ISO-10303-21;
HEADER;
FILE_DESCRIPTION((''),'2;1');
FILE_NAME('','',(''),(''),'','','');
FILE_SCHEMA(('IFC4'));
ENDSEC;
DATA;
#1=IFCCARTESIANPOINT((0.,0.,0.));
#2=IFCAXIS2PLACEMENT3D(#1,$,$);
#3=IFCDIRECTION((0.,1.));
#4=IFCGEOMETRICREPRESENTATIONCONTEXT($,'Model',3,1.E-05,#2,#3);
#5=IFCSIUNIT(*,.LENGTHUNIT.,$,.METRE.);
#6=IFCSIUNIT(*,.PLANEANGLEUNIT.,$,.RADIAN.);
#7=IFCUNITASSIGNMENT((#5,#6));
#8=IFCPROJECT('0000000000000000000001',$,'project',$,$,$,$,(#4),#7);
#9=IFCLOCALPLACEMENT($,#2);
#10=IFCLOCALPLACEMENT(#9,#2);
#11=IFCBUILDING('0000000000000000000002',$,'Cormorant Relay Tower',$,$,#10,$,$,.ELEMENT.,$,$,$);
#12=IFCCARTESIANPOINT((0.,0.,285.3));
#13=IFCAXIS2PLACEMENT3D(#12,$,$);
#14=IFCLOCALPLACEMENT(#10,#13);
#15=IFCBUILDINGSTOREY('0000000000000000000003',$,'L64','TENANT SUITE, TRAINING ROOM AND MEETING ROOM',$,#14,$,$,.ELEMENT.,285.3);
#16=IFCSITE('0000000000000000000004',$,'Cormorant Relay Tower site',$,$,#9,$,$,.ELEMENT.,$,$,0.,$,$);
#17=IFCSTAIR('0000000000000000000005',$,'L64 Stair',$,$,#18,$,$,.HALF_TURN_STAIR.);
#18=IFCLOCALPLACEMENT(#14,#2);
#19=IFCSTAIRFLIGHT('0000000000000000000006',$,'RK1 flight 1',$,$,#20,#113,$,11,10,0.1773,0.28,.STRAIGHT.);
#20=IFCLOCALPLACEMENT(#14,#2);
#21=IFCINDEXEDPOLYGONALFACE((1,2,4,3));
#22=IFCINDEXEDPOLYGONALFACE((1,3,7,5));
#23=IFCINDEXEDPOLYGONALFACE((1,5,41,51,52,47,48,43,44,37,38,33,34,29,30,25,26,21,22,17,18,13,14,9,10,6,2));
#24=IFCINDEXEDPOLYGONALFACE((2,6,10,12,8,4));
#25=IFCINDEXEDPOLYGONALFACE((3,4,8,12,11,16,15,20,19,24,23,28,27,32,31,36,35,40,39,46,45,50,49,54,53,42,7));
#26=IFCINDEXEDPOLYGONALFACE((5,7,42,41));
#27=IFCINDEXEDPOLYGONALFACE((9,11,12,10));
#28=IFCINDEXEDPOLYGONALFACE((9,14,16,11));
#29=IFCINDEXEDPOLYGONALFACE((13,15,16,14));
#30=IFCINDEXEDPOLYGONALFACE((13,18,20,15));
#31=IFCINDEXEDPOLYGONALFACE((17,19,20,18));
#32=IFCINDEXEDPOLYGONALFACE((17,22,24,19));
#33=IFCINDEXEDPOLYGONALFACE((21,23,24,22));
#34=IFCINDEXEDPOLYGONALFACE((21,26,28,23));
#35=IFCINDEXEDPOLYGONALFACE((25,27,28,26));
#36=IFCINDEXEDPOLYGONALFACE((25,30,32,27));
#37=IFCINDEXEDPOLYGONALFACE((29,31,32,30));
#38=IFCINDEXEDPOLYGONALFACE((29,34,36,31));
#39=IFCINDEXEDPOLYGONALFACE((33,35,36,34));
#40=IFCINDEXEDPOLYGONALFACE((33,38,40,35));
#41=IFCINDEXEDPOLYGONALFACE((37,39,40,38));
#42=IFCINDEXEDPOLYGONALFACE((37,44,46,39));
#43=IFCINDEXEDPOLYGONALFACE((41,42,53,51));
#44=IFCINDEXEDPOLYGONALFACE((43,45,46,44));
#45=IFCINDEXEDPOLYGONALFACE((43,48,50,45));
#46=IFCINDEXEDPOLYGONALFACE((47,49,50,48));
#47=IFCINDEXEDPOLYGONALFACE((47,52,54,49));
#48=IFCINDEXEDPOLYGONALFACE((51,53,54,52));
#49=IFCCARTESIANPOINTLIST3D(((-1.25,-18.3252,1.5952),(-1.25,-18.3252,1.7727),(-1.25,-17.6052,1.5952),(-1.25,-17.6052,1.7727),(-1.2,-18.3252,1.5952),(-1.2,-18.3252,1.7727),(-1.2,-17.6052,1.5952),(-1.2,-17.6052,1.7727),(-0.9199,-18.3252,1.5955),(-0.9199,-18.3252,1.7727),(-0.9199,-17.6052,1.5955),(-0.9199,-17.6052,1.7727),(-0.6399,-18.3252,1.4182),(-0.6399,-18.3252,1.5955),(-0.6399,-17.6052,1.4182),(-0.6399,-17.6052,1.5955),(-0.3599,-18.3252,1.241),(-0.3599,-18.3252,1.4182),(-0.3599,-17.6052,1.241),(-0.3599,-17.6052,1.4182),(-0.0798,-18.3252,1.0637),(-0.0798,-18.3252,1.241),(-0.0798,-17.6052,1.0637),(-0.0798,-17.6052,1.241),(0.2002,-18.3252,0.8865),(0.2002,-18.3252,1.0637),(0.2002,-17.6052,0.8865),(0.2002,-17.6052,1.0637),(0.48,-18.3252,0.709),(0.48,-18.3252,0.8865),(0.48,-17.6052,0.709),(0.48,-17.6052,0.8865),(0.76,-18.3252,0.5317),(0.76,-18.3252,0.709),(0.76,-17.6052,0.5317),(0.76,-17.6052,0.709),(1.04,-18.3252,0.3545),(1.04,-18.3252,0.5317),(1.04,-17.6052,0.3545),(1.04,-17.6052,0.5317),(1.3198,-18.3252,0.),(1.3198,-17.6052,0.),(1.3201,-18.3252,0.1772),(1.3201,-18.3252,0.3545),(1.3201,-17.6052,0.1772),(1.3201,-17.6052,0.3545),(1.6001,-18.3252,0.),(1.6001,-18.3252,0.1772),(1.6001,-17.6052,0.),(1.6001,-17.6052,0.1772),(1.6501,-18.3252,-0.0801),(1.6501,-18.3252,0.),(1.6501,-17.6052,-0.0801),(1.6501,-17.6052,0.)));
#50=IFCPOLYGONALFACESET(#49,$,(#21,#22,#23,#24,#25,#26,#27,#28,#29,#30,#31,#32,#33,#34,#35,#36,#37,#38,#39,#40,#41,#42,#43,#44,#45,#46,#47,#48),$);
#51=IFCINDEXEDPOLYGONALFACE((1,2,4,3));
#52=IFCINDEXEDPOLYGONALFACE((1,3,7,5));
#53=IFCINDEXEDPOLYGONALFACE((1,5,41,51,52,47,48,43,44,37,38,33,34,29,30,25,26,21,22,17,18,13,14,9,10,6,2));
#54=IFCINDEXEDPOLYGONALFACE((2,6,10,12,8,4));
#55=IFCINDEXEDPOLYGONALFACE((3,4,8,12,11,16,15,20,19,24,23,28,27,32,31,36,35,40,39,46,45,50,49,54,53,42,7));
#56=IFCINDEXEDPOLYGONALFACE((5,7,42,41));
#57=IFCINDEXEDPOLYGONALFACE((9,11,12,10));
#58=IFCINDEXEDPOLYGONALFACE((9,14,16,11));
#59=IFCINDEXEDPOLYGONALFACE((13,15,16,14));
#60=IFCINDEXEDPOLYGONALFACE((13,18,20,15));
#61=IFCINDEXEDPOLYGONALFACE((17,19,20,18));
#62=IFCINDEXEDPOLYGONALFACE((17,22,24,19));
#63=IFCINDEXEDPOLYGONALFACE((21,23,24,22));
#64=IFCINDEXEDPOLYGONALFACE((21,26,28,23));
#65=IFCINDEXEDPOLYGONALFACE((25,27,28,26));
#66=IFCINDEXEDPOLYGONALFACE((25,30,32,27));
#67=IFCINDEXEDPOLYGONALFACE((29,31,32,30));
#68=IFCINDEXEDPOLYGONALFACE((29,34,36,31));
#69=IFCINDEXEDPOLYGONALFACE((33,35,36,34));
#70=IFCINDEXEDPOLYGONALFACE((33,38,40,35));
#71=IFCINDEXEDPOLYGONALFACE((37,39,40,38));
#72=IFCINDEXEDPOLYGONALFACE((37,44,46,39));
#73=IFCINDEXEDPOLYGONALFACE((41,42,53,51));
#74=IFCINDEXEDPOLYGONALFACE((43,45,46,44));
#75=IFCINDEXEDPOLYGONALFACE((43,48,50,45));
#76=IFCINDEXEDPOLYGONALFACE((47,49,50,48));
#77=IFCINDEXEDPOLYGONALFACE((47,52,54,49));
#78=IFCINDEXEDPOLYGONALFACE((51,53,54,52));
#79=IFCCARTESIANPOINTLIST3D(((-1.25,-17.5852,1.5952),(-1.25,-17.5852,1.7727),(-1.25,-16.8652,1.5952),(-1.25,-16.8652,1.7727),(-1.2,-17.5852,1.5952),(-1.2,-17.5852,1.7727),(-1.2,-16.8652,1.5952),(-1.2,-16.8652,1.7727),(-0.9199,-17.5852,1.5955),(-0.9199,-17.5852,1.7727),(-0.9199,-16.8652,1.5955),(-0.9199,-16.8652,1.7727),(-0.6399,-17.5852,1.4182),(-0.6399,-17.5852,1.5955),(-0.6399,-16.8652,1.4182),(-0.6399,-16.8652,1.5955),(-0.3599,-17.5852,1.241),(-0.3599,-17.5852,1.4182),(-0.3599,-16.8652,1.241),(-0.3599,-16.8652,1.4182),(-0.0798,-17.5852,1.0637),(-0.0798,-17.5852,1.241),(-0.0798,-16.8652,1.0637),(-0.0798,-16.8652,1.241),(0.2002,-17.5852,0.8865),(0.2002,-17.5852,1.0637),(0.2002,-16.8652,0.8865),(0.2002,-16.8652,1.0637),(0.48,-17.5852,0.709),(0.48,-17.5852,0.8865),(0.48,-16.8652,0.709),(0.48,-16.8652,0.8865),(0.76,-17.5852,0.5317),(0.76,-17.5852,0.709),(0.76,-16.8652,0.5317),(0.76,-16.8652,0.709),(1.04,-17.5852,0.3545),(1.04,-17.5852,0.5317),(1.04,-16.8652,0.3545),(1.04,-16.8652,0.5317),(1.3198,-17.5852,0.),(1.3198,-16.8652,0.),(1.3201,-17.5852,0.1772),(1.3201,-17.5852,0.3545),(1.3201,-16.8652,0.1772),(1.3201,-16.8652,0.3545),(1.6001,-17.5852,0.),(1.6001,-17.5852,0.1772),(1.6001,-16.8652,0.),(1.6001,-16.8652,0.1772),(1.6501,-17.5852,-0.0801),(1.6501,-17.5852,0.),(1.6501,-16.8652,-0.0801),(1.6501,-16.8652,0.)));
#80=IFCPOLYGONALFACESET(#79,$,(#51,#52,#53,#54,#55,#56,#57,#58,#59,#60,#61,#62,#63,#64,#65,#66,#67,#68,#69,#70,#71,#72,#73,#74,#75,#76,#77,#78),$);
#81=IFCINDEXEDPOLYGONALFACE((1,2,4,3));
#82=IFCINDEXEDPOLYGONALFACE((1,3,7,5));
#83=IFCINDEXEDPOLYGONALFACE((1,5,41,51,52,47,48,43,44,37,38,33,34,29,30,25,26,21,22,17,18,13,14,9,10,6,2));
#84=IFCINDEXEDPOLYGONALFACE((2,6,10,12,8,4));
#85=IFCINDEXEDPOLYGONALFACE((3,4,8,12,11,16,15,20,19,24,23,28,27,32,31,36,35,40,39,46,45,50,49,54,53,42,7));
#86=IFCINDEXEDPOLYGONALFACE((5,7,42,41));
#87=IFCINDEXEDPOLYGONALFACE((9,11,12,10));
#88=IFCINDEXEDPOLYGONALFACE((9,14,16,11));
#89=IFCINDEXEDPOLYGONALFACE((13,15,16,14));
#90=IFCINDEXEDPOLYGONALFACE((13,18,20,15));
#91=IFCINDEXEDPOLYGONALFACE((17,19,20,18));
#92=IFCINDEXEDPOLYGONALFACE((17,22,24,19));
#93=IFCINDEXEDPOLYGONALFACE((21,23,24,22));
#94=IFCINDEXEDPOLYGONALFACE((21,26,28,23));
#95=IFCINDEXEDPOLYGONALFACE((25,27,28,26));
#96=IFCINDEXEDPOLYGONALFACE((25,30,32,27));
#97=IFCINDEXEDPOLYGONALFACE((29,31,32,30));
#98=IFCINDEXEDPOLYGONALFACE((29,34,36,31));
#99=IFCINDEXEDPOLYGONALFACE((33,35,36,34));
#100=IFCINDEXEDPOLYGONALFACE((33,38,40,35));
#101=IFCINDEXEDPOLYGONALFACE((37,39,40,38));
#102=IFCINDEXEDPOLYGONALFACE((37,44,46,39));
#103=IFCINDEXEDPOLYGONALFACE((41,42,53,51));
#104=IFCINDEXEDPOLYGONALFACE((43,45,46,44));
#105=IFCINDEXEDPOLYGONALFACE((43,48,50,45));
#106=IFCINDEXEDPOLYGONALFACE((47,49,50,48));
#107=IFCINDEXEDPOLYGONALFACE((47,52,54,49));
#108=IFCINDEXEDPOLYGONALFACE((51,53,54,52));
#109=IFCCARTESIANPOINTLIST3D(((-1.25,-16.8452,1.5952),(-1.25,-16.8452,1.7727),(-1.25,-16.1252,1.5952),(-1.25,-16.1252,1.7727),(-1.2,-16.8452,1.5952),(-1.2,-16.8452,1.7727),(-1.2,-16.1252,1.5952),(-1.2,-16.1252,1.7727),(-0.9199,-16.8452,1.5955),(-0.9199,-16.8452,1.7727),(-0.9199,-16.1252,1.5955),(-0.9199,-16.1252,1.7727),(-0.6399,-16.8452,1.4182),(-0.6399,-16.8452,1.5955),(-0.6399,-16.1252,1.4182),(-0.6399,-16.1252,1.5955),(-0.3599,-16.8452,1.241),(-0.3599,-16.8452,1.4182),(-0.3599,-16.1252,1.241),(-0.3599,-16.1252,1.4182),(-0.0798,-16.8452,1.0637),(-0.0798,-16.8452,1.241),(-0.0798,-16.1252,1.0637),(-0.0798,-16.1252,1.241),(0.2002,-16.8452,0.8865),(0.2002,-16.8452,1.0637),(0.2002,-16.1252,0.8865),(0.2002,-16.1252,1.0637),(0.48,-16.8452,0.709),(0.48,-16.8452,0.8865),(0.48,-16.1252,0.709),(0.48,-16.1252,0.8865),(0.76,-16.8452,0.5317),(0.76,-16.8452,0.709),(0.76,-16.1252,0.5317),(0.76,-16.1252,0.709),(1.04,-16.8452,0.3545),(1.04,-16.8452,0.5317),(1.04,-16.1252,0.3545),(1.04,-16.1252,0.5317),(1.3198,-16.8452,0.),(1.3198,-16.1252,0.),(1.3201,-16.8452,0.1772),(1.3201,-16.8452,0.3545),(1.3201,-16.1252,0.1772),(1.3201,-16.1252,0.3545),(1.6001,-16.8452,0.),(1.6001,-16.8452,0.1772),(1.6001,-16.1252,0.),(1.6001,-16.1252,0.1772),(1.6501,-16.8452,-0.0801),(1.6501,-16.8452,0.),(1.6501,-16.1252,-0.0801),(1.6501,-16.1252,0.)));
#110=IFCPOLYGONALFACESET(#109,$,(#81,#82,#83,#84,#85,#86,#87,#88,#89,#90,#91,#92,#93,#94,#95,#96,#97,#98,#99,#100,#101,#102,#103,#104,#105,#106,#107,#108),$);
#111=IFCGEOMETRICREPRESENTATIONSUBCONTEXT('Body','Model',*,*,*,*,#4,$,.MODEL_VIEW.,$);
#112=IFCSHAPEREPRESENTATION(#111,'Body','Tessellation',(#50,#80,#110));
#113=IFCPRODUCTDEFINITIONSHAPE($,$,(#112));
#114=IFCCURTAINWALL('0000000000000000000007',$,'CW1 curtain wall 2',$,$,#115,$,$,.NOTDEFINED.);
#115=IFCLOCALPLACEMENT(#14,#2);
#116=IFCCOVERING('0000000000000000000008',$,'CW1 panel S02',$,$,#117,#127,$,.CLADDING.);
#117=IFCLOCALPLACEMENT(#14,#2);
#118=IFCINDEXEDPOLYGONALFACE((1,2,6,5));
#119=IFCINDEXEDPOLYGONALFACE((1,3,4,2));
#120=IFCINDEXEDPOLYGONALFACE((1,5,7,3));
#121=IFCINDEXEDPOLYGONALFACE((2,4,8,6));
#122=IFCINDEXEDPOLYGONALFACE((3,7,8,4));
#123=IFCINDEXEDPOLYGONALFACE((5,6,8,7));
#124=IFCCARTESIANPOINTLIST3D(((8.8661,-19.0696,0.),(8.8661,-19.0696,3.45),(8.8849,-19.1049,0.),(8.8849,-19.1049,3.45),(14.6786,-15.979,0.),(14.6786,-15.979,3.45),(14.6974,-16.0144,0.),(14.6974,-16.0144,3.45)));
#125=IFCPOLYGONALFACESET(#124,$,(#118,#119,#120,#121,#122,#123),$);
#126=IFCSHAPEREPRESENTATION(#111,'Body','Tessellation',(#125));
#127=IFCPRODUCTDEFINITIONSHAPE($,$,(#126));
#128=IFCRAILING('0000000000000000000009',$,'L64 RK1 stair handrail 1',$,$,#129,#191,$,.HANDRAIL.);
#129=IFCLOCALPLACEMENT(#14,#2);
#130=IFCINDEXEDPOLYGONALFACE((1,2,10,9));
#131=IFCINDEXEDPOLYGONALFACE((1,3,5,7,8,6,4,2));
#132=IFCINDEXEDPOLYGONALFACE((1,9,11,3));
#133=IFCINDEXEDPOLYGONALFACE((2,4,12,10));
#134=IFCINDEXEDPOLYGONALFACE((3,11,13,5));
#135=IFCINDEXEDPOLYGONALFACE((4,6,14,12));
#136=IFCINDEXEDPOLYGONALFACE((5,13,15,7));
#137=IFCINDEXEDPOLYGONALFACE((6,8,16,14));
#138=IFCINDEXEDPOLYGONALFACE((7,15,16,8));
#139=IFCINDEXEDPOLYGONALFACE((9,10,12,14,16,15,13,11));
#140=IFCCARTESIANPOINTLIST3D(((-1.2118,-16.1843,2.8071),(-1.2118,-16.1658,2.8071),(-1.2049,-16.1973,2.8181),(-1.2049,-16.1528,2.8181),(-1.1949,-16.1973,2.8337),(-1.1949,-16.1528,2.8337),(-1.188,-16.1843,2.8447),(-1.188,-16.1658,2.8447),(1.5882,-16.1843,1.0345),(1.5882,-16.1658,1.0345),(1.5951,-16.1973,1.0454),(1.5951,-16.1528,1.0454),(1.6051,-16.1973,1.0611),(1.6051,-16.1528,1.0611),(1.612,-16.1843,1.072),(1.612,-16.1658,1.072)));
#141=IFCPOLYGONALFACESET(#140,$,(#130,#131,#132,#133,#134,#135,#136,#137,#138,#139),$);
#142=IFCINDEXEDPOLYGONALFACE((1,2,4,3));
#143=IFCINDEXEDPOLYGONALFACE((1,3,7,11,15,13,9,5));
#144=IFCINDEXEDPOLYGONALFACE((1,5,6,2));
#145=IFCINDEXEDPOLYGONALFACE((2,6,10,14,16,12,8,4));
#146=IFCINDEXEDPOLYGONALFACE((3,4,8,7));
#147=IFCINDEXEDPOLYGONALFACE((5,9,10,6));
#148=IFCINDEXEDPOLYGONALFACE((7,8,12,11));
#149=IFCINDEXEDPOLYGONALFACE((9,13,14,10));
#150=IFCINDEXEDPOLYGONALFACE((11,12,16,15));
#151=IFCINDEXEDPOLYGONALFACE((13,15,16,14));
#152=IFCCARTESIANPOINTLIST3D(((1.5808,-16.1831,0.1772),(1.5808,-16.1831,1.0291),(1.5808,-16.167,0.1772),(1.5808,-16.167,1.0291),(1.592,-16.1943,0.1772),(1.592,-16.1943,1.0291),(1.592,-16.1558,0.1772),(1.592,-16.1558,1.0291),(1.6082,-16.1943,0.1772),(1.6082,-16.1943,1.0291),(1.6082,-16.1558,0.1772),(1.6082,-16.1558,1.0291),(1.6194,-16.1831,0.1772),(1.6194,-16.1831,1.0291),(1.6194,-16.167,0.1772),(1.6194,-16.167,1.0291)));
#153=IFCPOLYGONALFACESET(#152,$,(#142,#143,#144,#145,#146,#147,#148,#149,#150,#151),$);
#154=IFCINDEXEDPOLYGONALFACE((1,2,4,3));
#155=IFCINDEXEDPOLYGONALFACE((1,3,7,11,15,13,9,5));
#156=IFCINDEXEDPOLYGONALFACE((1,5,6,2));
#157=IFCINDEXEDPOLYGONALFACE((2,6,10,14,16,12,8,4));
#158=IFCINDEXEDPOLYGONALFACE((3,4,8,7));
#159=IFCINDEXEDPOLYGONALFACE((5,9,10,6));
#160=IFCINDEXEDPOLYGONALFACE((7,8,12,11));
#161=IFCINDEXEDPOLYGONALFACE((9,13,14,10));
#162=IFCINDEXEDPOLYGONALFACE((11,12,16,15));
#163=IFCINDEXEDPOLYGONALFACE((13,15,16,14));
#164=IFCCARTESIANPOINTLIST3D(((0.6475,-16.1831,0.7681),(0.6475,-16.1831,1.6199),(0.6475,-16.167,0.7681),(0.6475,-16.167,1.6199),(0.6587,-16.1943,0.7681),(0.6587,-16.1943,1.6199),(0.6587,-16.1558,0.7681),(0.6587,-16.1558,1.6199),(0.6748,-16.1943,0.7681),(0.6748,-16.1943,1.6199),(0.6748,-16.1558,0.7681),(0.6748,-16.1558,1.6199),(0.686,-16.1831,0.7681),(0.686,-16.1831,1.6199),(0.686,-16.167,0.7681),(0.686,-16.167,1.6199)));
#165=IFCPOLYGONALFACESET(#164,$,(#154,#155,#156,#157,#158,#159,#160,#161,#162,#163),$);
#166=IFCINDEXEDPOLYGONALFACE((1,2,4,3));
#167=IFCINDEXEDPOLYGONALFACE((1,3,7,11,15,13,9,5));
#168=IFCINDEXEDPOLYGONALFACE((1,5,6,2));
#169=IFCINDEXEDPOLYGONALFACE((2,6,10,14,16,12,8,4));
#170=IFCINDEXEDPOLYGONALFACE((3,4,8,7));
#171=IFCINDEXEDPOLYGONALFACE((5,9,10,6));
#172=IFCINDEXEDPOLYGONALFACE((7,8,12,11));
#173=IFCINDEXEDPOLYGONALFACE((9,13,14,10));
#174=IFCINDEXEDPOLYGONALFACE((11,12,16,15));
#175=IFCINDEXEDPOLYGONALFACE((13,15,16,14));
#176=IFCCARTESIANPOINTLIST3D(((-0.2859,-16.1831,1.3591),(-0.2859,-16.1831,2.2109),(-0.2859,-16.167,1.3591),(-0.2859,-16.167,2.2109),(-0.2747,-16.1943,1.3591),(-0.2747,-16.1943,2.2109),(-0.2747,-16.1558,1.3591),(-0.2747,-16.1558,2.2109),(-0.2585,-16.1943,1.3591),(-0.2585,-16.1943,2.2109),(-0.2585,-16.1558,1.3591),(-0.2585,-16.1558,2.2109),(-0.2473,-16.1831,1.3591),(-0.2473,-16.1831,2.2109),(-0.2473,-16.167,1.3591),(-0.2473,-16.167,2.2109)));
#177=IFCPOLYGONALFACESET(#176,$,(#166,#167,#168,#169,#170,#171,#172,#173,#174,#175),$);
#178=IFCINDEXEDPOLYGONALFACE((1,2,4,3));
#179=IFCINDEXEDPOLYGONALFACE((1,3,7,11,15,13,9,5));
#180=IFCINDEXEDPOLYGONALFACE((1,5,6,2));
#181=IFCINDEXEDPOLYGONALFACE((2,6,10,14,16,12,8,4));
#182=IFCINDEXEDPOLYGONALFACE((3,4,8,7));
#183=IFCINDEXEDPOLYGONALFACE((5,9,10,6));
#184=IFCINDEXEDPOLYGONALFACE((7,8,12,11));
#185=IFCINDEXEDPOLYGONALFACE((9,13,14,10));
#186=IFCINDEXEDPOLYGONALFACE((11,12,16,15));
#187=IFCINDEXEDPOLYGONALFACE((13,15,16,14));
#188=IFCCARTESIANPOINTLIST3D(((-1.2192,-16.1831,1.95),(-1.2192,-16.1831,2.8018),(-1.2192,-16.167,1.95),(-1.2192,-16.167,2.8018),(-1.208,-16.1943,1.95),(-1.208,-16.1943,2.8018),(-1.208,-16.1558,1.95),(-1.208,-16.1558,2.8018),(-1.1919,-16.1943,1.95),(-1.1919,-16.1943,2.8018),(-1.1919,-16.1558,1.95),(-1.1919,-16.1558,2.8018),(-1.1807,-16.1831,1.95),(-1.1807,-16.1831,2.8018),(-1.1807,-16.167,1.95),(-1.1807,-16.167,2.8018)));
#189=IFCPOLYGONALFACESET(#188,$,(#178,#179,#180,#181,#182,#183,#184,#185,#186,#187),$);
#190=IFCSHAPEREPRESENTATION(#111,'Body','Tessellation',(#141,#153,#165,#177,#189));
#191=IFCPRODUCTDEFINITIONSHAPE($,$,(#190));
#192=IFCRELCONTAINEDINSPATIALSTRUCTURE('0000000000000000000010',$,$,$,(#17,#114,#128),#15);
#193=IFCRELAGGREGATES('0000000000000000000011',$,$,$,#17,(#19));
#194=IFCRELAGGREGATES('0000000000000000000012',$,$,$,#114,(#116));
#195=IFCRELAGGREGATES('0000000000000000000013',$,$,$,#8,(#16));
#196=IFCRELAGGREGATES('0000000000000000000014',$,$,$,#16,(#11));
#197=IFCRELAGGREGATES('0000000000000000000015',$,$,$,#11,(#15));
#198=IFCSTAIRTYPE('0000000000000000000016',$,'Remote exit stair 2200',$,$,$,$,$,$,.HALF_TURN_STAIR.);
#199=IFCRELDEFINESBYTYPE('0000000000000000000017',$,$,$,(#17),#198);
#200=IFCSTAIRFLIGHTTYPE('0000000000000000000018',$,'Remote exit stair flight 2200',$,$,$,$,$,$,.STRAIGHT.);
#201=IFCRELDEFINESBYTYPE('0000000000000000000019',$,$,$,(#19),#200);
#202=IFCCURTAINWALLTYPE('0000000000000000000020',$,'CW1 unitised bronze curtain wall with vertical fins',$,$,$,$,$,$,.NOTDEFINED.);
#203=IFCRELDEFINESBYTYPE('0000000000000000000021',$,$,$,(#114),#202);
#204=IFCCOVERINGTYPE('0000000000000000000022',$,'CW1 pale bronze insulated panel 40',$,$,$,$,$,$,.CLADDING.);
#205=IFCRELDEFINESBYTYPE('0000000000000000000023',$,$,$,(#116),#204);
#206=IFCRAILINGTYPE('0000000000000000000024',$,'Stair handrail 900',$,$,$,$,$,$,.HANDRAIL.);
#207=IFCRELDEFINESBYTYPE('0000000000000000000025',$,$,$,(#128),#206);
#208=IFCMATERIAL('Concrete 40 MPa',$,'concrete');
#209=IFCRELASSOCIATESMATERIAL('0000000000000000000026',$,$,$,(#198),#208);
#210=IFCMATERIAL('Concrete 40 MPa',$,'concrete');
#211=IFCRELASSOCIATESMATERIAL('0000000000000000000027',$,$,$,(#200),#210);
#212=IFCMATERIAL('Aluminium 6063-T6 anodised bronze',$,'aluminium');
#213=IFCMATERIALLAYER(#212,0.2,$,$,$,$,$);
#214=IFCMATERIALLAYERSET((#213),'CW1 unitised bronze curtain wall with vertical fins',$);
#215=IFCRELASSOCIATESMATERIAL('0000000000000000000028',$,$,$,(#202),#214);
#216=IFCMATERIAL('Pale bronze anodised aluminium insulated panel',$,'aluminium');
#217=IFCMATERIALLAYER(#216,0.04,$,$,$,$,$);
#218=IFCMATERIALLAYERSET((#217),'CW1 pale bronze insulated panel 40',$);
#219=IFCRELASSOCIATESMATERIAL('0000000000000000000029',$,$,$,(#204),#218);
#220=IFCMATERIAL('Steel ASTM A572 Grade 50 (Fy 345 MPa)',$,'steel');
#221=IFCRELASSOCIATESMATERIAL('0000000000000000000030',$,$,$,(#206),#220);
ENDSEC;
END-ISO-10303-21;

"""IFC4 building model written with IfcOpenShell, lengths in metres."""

from ifc_helpers import new_model, si_unit, direction, frame, origin, origin_2d, place, context, subcontext, project, spatial, polyline, rectangle, outline, extrude, material, layer, layer_set, type_object, element, aggregate, save


model = new_model("IFC4")

# Units and contexts
model_context = context("Model", 3, precision=1e-05, world=origin(), true_north=direction((0.0, 1.0)))
body_context = subcontext(model_context, "Body", "Model", "MODEL_VIEW")
ifc_project = project(units=[si_unit("LENGTHUNIT", "METRE"), si_unit("PLANEANGLEUNIT", "RADIAN")], contexts=[model_context])

# Site, building, storey
site_placement = place(None, origin())
site = spatial("IfcSite", under=ifc_project, at=site_placement, Name="Cormorant Relay Tower site", CompositionType="ELEMENT", RefElevation=0.0)
building_placement = place(site_placement, origin())
building = spatial("IfcBuilding", under=site, at=building_placement, Name="Cormorant Relay Tower", CompositionType="ELEMENT")
storey_placement = place(building_placement, frame((0.0, 0.0, 285.3)))
storey = spatial("IfcBuildingStorey", under=building, at=storey_placement, Name="L64", Description="TENANT SUITE, TRAINING ROOM AND MEETING ROOM", CompositionType="ELEMENT", Elevation=285.3)

# Stair
ifc_material_1 = material(Name="Concrete 40 MPa", Category="concrete")
stair_type_1 = type_object("IfcStairType", Name="Remote exit stair 2200", PredefinedType="HALF_TURN_STAIR", material=ifc_material_1)
stair_1_placement = place(storey_placement, origin())
stair_1 = element("IfcStair", 1, at=stair_1_placement, inside=storey, type_object=stair_type_1, Name="L64 Stair", PredefinedType="HALF_TURN_STAIR")

# Stair flight
ifc_material_2 = material(Name="Concrete 40 MPa", Category="concrete")
stair_flight_type = type_object("IfcStairFlightType", Name="Remote exit stair flight 2200", PredefinedType="STRAIGHT", material=ifc_material_2)
stair_flight_placement = place(storey_placement, frame((1.6001, -17.2251, 0.0), z_axis=(0.0, 0.0, 1.0), x_axis=(-1.0, 0.0, 0.0)))
stair_flight = element("IfcStairFlight", 2, at=stair_flight_placement, type_object=stair_flight_type, Name="RK1 flight 1", NumberOfRisers=11, NumberOfTreads=10, PredefinedType="STRAIGHT", RiserHeight=0.1773, TreadLength=0.28, context=body_context, shape_type="SweptSolid", body=[
    extrude(outline(polyline([(-0.05, -0.0801), (-0.05, 0.0), (0.0, 0.0), (0.0, 0.1772), (0.28, 0.1772), (0.28, 0.3545), (0.5601, 0.3545), (0.5601, 0.5317), (0.8401, 0.5317), (0.8401, 0.709), (1.1201, 0.709), (1.1201, 0.8865), (1.3999, 0.8865), (1.3999, 1.0637), (1.6799, 1.0637), (1.6799, 1.241), (1.96, 1.241), (1.96, 1.4182), (2.24, 1.4182), (2.24, 1.5955), (2.52, 1.5955), (2.52, 1.7727), (2.8, 1.7727), (2.8501, 1.7727), (2.8501, 1.5952), (2.8, 1.5952), (0.2803, 0.0), (-0.05, -0.0801)])), frame((0.0, 1.1001, 0.0), z_axis=(0.0, -1.0, 0.0), x_axis=(1.0, 0.0, 0.0)), (0.0, 0.0, 1.0), 0.72),
    extrude(outline(polyline([(-0.05, -0.0801), (-0.05, 0.0), (0.0, 0.0), (0.0, 0.1772), (0.28, 0.1772), (0.28, 0.3545), (0.5601, 0.3545), (0.5601, 0.5317), (0.8401, 0.5317), (0.8401, 0.709), (1.1201, 0.709), (1.1201, 0.8865), (1.3999, 0.8865), (1.3999, 1.0637), (1.6799, 1.0637), (1.6799, 1.241), (1.96, 1.241), (1.96, 1.4182), (2.24, 1.4182), (2.24, 1.5955), (2.52, 1.5955), (2.52, 1.7727), (2.8, 1.7727), (2.8501, 1.7727), (2.8501, 1.5952), (2.8, 1.5952), (0.2803, 0.0), (-0.05, -0.0801)])), frame((0.0, 0.3601, 0.0), z_axis=(0.0, -1.0, 0.0), x_axis=(1.0, 0.0, 0.0)), (0.0, 0.0, 1.0), 0.72),
    extrude(outline(polyline([(-0.05, -0.0801), (-0.05, 0.0), (0.0, 0.0), (0.0, 0.1772), (0.28, 0.1772), (0.28, 0.3545), (0.5601, 0.3545), (0.5601, 0.5317), (0.8401, 0.5317), (0.8401, 0.709), (1.1201, 0.709), (1.1201, 0.8865), (1.3999, 0.8865), (1.3999, 1.0637), (1.6799, 1.0637), (1.6799, 1.241), (1.96, 1.241), (1.96, 1.4182), (2.24, 1.4182), (2.24, 1.5955), (2.52, 1.5955), (2.52, 1.7727), (2.8, 1.7727), (2.8501, 1.7727), (2.8501, 1.5952), (2.8, 1.5952), (0.2803, 0.0), (-0.05, -0.0801)])), frame((0.0, -0.3799, 0.0), z_axis=(0.0, -1.0, 0.0), x_axis=(1.0, 0.0, 0.0)), (0.0, 0.0, 1.0), 0.72),
])
aggregate(stair_1, [stair_flight])

# Curtain wall, covering
ifc_material_3 = material(Name="Aluminium 6063-T6 anodised bronze", Category="aluminium")
ifc_layer_1 = layer(ifc_material_3, 0.2)
ifc_layer_set_1 = layer_set([ifc_layer_1], Name="CW1 unitised bronze curtain wall with vertical fins")
curtain_wall_type = type_object("IfcCurtainWallType", Name="CW1 unitised bronze curtain wall with vertical fins", PredefinedType="NOTDEFINED", material=ifc_layer_set_1)
curtain_wall_placement = place(storey_placement, origin())
curtain_wall = element("IfcCurtainWall", 3, at=curtain_wall_placement, inside=storey, type_object=curtain_wall_type, Name="CW1 curtain wall 2", PredefinedType="NOTDEFINED")
ifc_material_4 = material(Name="Pale bronze anodised aluminium insulated panel", Category="aluminium")
ifc_layer_2 = layer(ifc_material_4, 0.04)
ifc_layer_set_2 = layer_set([ifc_layer_2], Name="CW1 pale bronze insulated panel 40")
covering_type = type_object("IfcCoveringType", Name="CW1 pale bronze insulated panel 40", PredefinedType="CLADDING", material=ifc_layer_set_2)
covering_placement = place(storey_placement, frame((11.7817, -17.542, 0.0), z_axis=(0.0, 0.0, 1.0), x_axis=(0.882948, 0.469472, 0.0)))
covering = element("IfcCovering", 4, at=covering_placement, type_object=covering_type, Name="CW1 panel S02", PredefinedType="CLADDING", context=body_context, shape_type="SweptSolid", body=[
    extrude(rectangle(XDim=6.583, YDim=0.04, at=origin_2d()), origin(), (0.0, 0.0, 1.0), 3.45),
])
aggregate(curtain_wall, [covering])

# Railing
ifc_material_5 = material(Name="Steel ASTM A572 Grade 50 (Fy 345 MPa)", Category="steel")
railing_type_1 = type_object("IfcRailingType", Name="Stair handrail 900", PredefinedType="HANDRAIL", material=ifc_material_5)
railing_1_placement = place(storey_placement, frame((1.6001, -16.175, 0.1772)))
element("IfcRailing", 5, at=railing_1_placement, inside=storey, type_object=railing_type_1, Name="L64 RK1 stair handrail 1", PredefinedType="HANDRAIL", context=body_context, shape_type="SweptSolid", body=[
    extrude(outline(polyline([(0.0222, 0.0093), (0.0093, 0.0222), (-0.0093, 0.0222), (-0.0222, 0.0093), (-0.0222, -0.0093), (-0.0093, -0.0222), (0.0093, -0.0222), (0.0222, -0.0093), (0.0222, 0.0093)])), frame((0.0, 0.0, 0.876), z_axis=(-0.844909, 0.0, 0.53491), x_axis=(0.0, -1.0, 0.0)), (0.0, 0.0, 1.0), 3.314),
    extrude(outline(polyline([(0.0193, 0.0081), (0.0081, 0.0193), (-0.0081, 0.0193), (-0.0193, 0.0081), (-0.0193, -0.0081), (-0.0081, -0.0193), (0.0081, -0.0193), (0.0193, -0.0081), (0.0193, 0.0081)])), origin(), (0.0, 0.0, 1.0), 0.8518),
    extrude(outline(polyline([(0.0193, 0.0081), (0.0081, 0.0193), (-0.0081, 0.0193), (-0.0193, 0.0081), (-0.0193, -0.0081), (-0.0081, -0.0193), (0.0081, -0.0193), (0.0193, -0.0081), (0.0193, 0.0081)])), frame((-0.9333, 0.0, 0.5908)), (0.0, 0.0, 1.0), 0.8518),
    extrude(outline(polyline([(0.0193, 0.0081), (0.0081, 0.0193), (-0.0081, 0.0193), (-0.0193, 0.0081), (-0.0193, -0.0081), (-0.0081, -0.0193), (0.0081, -0.0193), (0.0193, -0.0081), (0.0193, 0.0081)])), frame((-1.8667, 0.0, 1.1819)), (0.0, 0.0, 1.0), 0.8518),
    extrude(outline(polyline([(0.0193, 0.0081), (0.0081, 0.0193), (-0.0081, 0.0193), (-0.0193, 0.0081), (-0.0193, -0.0081), (-0.0081, -0.0193), (0.0081, -0.0193), (0.0193, -0.0081), (0.0193, 0.0081)])), frame((-2.8, 0.0, 1.7727)), (0.0, 0.0, 1.0), 0.8518),
])

save(model, "model.ifc")
